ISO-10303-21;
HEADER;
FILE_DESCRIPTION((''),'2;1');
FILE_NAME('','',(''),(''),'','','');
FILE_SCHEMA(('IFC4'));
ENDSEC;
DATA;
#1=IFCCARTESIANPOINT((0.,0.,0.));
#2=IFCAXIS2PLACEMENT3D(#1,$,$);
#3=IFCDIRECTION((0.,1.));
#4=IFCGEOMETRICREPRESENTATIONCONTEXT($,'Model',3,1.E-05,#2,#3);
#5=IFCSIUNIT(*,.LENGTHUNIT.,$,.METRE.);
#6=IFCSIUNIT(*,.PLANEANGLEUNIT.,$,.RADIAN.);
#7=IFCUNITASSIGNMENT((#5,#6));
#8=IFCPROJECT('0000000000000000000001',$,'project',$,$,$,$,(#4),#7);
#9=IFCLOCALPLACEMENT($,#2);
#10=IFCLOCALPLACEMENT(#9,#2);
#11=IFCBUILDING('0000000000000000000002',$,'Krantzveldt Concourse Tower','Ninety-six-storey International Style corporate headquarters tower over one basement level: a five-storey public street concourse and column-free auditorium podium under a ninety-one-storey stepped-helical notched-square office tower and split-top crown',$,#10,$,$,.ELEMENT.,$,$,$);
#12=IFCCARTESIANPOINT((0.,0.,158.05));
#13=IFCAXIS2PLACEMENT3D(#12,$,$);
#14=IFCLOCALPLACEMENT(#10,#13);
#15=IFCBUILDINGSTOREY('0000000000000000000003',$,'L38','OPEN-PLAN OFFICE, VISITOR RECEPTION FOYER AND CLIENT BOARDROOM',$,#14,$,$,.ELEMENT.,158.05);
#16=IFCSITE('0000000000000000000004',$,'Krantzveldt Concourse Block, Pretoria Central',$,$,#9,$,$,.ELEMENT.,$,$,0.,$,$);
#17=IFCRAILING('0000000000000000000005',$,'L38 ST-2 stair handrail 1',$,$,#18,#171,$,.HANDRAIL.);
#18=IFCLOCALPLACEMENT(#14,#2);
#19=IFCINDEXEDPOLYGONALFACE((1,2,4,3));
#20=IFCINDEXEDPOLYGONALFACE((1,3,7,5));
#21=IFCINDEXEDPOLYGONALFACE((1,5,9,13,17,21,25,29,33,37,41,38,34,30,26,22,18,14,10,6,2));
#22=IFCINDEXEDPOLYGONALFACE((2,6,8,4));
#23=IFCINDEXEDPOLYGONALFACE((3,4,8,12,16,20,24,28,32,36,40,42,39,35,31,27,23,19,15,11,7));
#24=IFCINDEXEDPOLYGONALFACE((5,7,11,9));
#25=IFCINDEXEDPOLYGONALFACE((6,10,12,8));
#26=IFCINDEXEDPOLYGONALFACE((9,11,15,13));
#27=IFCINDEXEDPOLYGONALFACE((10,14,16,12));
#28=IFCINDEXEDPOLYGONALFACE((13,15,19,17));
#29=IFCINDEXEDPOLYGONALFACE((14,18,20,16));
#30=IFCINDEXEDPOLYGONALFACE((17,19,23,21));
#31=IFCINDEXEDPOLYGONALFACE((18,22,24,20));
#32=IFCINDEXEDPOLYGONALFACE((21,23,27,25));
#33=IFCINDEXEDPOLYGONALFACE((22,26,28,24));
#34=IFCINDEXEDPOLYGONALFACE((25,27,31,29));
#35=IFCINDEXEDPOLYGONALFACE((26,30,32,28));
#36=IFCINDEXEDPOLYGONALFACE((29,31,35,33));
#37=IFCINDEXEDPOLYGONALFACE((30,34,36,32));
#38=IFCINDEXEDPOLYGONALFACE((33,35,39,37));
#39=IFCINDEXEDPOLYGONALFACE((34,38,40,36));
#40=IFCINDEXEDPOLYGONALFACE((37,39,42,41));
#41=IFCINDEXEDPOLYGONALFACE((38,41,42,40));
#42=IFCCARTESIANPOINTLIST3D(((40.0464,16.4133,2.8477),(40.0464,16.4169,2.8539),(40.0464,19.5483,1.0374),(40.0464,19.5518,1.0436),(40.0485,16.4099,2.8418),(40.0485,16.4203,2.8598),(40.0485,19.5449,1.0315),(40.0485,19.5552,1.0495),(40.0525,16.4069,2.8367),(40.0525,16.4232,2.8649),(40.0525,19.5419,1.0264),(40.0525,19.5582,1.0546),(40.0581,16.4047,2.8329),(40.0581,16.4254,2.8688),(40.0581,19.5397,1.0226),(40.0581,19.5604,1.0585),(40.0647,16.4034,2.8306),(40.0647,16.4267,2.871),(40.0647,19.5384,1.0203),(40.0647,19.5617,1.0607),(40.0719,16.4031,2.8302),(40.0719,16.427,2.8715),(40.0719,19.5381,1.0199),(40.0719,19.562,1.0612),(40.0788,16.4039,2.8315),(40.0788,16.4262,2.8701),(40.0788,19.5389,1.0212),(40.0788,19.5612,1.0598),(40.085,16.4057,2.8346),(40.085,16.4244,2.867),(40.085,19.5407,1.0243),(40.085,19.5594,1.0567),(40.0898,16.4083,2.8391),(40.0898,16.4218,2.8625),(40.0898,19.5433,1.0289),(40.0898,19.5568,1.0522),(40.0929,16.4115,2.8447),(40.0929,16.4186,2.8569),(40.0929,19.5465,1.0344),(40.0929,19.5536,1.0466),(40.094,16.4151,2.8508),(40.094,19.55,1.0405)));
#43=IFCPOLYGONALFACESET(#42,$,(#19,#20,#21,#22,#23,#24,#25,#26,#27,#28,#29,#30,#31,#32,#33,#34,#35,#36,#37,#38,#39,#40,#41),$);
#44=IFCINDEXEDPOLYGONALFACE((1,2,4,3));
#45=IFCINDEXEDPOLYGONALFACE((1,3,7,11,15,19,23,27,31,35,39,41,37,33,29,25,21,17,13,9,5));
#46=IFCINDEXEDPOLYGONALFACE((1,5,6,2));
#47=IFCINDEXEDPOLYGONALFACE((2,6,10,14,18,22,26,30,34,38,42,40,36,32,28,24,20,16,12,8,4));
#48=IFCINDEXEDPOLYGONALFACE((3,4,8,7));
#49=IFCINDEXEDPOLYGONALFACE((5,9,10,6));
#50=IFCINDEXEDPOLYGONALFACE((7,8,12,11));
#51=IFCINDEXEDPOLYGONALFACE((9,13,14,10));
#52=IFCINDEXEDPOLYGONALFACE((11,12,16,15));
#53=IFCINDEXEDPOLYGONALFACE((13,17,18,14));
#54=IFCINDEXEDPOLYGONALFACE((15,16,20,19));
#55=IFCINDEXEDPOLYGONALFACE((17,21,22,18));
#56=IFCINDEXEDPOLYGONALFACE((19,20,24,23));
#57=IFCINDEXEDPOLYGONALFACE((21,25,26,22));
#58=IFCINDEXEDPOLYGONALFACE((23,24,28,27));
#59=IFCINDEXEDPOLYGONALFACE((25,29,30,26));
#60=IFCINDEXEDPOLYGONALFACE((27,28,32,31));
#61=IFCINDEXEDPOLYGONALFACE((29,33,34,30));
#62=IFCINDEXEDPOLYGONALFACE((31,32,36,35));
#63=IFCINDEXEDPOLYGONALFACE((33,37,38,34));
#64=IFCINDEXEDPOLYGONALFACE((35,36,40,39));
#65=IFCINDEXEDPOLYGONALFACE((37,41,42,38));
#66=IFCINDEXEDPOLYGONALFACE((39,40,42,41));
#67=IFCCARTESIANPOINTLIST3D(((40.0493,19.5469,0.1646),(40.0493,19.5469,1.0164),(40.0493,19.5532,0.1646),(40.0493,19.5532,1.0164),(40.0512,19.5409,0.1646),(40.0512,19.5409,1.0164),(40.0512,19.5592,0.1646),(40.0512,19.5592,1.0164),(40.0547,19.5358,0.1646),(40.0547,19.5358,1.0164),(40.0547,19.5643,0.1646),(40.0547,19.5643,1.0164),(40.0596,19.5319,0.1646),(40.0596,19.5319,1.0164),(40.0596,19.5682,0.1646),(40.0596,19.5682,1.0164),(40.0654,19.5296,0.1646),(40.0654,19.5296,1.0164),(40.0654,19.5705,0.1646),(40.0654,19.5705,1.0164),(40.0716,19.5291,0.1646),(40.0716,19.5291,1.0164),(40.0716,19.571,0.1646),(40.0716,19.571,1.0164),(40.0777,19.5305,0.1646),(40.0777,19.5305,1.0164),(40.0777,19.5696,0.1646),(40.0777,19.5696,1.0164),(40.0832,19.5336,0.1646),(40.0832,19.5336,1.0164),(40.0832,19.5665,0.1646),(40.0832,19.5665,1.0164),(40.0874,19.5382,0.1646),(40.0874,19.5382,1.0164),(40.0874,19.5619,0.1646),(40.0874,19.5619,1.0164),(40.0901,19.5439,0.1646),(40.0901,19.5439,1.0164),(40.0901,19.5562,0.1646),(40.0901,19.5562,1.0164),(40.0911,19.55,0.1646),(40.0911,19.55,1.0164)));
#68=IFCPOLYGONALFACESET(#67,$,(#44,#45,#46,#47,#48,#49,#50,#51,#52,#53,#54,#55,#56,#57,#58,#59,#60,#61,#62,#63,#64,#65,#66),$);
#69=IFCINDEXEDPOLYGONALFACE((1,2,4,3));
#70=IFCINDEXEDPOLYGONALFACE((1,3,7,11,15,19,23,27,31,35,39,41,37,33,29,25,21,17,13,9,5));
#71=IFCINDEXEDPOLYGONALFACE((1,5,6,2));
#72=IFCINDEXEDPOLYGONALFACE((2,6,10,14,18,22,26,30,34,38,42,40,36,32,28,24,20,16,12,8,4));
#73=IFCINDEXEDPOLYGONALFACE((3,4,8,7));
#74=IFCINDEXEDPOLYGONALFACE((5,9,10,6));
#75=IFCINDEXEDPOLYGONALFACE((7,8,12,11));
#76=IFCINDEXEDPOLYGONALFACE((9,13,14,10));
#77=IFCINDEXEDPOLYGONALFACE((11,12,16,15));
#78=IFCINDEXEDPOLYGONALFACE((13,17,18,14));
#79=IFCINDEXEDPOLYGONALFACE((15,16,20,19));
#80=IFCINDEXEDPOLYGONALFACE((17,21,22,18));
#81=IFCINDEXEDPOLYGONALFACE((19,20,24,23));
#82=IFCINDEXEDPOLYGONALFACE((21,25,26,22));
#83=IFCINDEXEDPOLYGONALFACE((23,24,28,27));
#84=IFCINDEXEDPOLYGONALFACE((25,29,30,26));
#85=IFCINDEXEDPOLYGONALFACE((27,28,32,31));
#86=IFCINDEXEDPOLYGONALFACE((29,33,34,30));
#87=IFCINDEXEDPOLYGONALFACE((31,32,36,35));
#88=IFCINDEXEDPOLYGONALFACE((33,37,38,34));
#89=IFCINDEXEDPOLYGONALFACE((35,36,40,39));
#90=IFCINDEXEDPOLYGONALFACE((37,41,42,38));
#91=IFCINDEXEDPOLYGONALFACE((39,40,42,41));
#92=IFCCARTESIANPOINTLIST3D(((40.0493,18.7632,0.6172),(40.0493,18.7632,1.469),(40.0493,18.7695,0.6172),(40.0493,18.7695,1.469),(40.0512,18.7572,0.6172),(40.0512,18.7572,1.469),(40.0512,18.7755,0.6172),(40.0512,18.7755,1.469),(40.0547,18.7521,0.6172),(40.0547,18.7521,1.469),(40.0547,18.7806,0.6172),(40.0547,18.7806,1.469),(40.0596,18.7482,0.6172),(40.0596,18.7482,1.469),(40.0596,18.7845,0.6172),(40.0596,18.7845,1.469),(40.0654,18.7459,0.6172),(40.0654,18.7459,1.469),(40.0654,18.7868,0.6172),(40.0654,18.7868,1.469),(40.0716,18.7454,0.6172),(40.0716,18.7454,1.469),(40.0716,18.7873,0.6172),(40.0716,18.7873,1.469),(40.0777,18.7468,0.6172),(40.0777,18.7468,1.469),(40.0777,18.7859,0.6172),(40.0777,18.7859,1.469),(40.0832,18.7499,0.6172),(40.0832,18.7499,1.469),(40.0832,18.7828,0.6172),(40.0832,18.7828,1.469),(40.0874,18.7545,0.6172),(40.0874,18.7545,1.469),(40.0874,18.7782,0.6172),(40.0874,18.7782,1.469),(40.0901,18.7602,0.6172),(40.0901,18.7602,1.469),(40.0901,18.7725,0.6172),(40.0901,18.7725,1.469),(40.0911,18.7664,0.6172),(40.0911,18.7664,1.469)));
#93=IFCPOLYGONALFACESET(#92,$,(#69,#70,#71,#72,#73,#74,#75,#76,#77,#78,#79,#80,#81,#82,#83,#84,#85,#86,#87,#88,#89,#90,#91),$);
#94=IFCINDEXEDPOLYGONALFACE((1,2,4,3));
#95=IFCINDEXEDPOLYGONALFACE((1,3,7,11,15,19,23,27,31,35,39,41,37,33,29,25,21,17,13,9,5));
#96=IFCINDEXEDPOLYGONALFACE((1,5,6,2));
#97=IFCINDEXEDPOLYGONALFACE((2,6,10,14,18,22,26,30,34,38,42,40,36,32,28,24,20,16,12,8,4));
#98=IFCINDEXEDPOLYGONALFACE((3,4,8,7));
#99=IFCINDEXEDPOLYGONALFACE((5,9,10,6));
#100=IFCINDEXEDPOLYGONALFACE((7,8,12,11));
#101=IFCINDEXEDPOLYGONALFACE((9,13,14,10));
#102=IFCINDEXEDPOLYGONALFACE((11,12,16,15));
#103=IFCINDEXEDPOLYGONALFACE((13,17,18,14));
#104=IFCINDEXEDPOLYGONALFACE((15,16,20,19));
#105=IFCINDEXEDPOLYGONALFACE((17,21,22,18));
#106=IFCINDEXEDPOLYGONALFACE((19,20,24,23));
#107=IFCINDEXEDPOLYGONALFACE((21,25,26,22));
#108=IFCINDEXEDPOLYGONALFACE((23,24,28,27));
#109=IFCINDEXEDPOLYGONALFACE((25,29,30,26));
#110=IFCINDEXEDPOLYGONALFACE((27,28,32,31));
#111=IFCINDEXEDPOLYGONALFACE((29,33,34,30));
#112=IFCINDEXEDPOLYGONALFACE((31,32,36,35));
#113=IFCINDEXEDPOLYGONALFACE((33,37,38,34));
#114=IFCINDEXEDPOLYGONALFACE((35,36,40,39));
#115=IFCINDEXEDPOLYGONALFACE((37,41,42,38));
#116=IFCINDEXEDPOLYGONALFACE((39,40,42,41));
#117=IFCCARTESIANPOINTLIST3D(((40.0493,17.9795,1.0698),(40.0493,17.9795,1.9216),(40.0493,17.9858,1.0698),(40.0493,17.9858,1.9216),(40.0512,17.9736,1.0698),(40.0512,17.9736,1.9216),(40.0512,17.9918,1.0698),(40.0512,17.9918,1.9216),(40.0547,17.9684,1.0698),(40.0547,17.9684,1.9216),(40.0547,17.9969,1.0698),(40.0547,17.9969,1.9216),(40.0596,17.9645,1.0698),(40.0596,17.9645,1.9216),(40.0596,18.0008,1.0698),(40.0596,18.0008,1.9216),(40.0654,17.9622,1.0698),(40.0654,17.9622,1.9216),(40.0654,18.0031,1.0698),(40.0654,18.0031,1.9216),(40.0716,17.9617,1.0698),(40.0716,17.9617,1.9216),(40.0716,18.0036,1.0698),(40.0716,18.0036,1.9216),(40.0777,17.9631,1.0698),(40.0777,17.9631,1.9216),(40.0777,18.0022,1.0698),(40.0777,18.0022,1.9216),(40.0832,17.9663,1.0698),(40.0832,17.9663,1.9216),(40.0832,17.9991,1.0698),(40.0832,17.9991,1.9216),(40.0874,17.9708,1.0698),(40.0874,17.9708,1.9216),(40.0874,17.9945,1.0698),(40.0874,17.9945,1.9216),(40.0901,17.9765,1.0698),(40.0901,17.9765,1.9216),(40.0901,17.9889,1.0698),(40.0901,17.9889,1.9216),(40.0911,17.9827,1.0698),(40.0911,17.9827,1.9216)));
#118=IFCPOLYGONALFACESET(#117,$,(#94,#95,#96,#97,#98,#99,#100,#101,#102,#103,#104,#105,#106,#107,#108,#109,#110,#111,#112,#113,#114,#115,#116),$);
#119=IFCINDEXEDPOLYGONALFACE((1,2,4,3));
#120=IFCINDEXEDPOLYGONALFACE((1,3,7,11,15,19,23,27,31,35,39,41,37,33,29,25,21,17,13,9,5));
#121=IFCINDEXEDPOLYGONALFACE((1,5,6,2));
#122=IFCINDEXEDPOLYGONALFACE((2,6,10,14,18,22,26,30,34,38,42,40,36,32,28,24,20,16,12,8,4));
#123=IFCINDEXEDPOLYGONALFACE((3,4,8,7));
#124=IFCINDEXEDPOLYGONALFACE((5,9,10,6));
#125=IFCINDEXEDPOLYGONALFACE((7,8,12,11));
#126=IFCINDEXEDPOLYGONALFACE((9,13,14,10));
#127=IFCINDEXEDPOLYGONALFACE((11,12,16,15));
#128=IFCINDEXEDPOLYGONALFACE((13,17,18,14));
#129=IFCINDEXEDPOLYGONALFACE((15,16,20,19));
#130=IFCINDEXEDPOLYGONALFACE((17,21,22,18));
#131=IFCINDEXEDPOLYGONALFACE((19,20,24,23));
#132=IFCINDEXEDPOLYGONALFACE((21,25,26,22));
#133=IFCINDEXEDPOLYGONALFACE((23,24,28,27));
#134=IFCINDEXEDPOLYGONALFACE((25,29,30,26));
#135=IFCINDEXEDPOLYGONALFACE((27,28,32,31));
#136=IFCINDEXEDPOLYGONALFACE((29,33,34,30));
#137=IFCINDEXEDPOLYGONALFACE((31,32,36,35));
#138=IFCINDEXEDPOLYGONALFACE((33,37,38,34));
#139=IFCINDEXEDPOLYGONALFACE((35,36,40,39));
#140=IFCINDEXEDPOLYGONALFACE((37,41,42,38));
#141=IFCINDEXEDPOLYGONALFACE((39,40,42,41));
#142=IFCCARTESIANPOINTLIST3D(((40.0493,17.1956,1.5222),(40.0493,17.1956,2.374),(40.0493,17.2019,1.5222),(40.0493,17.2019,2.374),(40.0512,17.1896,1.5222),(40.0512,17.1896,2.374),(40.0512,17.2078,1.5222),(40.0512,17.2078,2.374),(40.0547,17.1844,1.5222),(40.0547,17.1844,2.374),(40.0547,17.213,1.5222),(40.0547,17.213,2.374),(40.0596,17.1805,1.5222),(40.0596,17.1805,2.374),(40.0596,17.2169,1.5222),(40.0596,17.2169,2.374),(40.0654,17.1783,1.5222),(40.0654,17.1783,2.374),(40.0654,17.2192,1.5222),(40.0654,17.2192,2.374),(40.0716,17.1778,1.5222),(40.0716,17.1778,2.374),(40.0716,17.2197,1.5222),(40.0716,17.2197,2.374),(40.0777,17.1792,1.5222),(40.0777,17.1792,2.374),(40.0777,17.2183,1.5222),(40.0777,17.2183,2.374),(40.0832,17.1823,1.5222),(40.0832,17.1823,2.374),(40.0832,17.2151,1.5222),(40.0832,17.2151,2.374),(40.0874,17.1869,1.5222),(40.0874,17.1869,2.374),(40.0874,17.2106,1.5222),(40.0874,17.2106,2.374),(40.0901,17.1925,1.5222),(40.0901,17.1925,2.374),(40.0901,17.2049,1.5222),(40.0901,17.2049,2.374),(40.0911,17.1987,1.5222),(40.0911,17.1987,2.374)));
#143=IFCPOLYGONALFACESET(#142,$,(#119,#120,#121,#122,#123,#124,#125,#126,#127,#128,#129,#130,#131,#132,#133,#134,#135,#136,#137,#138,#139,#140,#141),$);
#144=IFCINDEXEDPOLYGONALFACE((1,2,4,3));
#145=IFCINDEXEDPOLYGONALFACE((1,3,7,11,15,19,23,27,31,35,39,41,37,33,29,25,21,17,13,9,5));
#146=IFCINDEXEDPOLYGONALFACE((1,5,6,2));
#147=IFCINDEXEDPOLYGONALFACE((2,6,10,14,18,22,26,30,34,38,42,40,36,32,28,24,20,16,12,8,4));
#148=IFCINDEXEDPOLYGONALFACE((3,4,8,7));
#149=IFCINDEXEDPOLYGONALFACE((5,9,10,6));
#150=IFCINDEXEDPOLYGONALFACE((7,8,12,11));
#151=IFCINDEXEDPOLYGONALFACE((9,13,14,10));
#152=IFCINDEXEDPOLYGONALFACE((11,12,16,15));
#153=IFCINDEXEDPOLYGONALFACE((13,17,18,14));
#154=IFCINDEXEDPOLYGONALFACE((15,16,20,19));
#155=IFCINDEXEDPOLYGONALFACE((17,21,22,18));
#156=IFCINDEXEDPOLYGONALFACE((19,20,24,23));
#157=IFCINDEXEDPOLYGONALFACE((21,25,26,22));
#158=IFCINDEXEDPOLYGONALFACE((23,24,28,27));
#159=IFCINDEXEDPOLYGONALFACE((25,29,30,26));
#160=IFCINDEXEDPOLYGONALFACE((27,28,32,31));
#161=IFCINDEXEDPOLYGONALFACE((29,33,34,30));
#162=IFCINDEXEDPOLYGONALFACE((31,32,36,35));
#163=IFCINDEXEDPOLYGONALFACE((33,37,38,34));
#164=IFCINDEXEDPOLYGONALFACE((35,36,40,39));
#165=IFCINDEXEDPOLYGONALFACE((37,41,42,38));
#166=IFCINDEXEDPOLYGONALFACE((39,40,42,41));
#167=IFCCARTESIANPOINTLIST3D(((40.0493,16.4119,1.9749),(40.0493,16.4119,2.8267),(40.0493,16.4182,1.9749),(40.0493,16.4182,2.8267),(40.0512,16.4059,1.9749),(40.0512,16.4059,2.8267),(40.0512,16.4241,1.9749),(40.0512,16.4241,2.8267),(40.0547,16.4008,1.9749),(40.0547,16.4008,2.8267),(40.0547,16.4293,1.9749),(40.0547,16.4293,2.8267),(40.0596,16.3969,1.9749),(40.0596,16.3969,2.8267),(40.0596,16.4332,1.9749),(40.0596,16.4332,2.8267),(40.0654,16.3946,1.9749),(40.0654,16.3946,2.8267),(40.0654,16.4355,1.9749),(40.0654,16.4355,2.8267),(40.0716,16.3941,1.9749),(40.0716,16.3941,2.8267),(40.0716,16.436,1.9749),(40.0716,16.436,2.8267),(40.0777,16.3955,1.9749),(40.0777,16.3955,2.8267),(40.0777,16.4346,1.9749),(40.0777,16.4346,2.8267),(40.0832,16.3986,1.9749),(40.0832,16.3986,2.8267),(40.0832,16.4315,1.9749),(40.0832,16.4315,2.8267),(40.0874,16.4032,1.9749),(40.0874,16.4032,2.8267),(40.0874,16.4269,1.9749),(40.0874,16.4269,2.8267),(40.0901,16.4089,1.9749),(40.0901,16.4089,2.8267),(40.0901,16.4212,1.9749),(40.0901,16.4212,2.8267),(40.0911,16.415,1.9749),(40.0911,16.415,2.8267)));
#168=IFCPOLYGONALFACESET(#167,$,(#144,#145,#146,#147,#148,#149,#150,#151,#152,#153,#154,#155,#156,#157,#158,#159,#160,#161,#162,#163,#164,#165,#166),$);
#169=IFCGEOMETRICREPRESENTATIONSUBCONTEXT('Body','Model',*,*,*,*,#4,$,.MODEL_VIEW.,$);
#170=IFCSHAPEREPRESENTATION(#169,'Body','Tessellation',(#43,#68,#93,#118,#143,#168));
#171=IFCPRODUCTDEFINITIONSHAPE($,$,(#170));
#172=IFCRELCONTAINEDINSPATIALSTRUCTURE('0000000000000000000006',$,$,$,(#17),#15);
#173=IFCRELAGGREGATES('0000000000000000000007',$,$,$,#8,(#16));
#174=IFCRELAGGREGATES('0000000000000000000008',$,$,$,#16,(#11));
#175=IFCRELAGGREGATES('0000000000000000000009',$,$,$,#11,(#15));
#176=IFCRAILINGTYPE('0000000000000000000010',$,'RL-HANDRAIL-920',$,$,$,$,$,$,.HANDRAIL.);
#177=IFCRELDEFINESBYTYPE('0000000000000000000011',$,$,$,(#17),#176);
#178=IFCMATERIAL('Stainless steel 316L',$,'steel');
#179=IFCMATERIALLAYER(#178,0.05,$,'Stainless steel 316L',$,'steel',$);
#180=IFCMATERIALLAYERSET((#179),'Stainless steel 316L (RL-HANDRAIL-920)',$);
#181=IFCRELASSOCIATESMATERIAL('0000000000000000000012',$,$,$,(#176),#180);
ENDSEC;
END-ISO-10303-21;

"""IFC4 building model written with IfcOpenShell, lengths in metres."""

from ifc_helpers import new_model, si_unit, direction, frame, origin, origin_2d, place, context, subcontext, project, spatial, circle, extrude, material, layer, layer_set, type_object, element, save


model = new_model("IFC4")

# Units and contexts
model_context = context("Model", 3, precision=1e-05, world=origin(), true_north=direction((0.0, 1.0)))
body_context = subcontext(model_context, "Body", "Model", "MODEL_VIEW")
ifc_project = project(units=[si_unit("LENGTHUNIT", "METRE"), si_unit("PLANEANGLEUNIT", "RADIAN")], contexts=[model_context])

# Site, building, storey
site_placement = place(None, origin())
site = spatial("IfcSite", under=ifc_project, at=site_placement, Name="Krantzveldt Concourse Block, Pretoria Central", CompositionType="ELEMENT", RefElevation=0.0)
building_placement = place(site_placement, origin())
building = spatial("IfcBuilding", under=site, at=building_placement, Name="Krantzveldt Concourse Tower", Description="Ninety-six-storey International Style corporate headquarters tower over one basement level: a five-storey public street concourse and column-free auditorium podium under a ninety-one-storey stepped-helical notched-square office tower and split-top crown", CompositionType="ELEMENT")
storey_placement = place(building_placement, frame((0.0, 0.0, 158.05)))
storey = spatial("IfcBuildingStorey", under=building, at=storey_placement, Name="L38", Description="OPEN-PLAN OFFICE, VISITOR RECEPTION FOYER AND CLIENT BOARDROOM", CompositionType="ELEMENT", Elevation=158.05)

# Shared definitions
ifc_material_1 = material(Name="Stainless steel 316L", Category="steel")

# Railing
ifc_layer_1 = layer(ifc_material_1, 0.05, Name="Stainless steel 316L", Category="steel")
ifc_layer_set_1 = layer_set([ifc_layer_1], Name="Stainless steel 316L (RL-HANDRAIL-920)")
railing_type_1 = type_object("IfcRailingType", Name="RL-HANDRAIL-920", PredefinedType="HANDRAIL", material=ifc_layer_set_1)
railing_1_placement = place(storey_placement, frame((40.0701, 19.55, 0.1646)))
element("IfcRailing", 1, at=railing_1_placement, inside=storey, type_object=railing_type_1, Name="L38 ST-2 stair handrail 1", PredefinedType="HANDRAIL", context=body_context, shape_type="SweptSolid", body=[
    extrude(circle(Radius=0.0239, at=origin_2d()), frame((0.0, 0.0, 0.876), z_axis=(0.0, -0.865989, 0.500063), x_axis=(1.0, 0.0, 0.0)), (0.0, 0.0, 1.0), 3.6201),
    extrude(circle(Radius=0.021, at=origin_2d()), origin(), (0.0, 0.0, 1.0), 0.8518),
    extrude(circle(Radius=0.021, at=origin_2d()), frame((0.0, -0.7837, 0.4526)), (0.0, 0.0, 1.0), 0.8518),
    extrude(circle(Radius=0.021, at=origin_2d()), frame((0.0, -1.5674, 0.9053)), (0.0, 0.0, 1.0), 0.8518),
    extrude(circle(Radius=0.021, at=origin_2d()), frame((0.0, -2.3513, 1.3577)), (0.0, 0.0, 1.0), 0.8518),
    extrude(circle(Radius=0.021, at=origin_2d()), frame((0.0, -3.135, 1.8103)), (0.0, 0.0, 1.0), 0.8518),
])

save(model, "model.ifc")
